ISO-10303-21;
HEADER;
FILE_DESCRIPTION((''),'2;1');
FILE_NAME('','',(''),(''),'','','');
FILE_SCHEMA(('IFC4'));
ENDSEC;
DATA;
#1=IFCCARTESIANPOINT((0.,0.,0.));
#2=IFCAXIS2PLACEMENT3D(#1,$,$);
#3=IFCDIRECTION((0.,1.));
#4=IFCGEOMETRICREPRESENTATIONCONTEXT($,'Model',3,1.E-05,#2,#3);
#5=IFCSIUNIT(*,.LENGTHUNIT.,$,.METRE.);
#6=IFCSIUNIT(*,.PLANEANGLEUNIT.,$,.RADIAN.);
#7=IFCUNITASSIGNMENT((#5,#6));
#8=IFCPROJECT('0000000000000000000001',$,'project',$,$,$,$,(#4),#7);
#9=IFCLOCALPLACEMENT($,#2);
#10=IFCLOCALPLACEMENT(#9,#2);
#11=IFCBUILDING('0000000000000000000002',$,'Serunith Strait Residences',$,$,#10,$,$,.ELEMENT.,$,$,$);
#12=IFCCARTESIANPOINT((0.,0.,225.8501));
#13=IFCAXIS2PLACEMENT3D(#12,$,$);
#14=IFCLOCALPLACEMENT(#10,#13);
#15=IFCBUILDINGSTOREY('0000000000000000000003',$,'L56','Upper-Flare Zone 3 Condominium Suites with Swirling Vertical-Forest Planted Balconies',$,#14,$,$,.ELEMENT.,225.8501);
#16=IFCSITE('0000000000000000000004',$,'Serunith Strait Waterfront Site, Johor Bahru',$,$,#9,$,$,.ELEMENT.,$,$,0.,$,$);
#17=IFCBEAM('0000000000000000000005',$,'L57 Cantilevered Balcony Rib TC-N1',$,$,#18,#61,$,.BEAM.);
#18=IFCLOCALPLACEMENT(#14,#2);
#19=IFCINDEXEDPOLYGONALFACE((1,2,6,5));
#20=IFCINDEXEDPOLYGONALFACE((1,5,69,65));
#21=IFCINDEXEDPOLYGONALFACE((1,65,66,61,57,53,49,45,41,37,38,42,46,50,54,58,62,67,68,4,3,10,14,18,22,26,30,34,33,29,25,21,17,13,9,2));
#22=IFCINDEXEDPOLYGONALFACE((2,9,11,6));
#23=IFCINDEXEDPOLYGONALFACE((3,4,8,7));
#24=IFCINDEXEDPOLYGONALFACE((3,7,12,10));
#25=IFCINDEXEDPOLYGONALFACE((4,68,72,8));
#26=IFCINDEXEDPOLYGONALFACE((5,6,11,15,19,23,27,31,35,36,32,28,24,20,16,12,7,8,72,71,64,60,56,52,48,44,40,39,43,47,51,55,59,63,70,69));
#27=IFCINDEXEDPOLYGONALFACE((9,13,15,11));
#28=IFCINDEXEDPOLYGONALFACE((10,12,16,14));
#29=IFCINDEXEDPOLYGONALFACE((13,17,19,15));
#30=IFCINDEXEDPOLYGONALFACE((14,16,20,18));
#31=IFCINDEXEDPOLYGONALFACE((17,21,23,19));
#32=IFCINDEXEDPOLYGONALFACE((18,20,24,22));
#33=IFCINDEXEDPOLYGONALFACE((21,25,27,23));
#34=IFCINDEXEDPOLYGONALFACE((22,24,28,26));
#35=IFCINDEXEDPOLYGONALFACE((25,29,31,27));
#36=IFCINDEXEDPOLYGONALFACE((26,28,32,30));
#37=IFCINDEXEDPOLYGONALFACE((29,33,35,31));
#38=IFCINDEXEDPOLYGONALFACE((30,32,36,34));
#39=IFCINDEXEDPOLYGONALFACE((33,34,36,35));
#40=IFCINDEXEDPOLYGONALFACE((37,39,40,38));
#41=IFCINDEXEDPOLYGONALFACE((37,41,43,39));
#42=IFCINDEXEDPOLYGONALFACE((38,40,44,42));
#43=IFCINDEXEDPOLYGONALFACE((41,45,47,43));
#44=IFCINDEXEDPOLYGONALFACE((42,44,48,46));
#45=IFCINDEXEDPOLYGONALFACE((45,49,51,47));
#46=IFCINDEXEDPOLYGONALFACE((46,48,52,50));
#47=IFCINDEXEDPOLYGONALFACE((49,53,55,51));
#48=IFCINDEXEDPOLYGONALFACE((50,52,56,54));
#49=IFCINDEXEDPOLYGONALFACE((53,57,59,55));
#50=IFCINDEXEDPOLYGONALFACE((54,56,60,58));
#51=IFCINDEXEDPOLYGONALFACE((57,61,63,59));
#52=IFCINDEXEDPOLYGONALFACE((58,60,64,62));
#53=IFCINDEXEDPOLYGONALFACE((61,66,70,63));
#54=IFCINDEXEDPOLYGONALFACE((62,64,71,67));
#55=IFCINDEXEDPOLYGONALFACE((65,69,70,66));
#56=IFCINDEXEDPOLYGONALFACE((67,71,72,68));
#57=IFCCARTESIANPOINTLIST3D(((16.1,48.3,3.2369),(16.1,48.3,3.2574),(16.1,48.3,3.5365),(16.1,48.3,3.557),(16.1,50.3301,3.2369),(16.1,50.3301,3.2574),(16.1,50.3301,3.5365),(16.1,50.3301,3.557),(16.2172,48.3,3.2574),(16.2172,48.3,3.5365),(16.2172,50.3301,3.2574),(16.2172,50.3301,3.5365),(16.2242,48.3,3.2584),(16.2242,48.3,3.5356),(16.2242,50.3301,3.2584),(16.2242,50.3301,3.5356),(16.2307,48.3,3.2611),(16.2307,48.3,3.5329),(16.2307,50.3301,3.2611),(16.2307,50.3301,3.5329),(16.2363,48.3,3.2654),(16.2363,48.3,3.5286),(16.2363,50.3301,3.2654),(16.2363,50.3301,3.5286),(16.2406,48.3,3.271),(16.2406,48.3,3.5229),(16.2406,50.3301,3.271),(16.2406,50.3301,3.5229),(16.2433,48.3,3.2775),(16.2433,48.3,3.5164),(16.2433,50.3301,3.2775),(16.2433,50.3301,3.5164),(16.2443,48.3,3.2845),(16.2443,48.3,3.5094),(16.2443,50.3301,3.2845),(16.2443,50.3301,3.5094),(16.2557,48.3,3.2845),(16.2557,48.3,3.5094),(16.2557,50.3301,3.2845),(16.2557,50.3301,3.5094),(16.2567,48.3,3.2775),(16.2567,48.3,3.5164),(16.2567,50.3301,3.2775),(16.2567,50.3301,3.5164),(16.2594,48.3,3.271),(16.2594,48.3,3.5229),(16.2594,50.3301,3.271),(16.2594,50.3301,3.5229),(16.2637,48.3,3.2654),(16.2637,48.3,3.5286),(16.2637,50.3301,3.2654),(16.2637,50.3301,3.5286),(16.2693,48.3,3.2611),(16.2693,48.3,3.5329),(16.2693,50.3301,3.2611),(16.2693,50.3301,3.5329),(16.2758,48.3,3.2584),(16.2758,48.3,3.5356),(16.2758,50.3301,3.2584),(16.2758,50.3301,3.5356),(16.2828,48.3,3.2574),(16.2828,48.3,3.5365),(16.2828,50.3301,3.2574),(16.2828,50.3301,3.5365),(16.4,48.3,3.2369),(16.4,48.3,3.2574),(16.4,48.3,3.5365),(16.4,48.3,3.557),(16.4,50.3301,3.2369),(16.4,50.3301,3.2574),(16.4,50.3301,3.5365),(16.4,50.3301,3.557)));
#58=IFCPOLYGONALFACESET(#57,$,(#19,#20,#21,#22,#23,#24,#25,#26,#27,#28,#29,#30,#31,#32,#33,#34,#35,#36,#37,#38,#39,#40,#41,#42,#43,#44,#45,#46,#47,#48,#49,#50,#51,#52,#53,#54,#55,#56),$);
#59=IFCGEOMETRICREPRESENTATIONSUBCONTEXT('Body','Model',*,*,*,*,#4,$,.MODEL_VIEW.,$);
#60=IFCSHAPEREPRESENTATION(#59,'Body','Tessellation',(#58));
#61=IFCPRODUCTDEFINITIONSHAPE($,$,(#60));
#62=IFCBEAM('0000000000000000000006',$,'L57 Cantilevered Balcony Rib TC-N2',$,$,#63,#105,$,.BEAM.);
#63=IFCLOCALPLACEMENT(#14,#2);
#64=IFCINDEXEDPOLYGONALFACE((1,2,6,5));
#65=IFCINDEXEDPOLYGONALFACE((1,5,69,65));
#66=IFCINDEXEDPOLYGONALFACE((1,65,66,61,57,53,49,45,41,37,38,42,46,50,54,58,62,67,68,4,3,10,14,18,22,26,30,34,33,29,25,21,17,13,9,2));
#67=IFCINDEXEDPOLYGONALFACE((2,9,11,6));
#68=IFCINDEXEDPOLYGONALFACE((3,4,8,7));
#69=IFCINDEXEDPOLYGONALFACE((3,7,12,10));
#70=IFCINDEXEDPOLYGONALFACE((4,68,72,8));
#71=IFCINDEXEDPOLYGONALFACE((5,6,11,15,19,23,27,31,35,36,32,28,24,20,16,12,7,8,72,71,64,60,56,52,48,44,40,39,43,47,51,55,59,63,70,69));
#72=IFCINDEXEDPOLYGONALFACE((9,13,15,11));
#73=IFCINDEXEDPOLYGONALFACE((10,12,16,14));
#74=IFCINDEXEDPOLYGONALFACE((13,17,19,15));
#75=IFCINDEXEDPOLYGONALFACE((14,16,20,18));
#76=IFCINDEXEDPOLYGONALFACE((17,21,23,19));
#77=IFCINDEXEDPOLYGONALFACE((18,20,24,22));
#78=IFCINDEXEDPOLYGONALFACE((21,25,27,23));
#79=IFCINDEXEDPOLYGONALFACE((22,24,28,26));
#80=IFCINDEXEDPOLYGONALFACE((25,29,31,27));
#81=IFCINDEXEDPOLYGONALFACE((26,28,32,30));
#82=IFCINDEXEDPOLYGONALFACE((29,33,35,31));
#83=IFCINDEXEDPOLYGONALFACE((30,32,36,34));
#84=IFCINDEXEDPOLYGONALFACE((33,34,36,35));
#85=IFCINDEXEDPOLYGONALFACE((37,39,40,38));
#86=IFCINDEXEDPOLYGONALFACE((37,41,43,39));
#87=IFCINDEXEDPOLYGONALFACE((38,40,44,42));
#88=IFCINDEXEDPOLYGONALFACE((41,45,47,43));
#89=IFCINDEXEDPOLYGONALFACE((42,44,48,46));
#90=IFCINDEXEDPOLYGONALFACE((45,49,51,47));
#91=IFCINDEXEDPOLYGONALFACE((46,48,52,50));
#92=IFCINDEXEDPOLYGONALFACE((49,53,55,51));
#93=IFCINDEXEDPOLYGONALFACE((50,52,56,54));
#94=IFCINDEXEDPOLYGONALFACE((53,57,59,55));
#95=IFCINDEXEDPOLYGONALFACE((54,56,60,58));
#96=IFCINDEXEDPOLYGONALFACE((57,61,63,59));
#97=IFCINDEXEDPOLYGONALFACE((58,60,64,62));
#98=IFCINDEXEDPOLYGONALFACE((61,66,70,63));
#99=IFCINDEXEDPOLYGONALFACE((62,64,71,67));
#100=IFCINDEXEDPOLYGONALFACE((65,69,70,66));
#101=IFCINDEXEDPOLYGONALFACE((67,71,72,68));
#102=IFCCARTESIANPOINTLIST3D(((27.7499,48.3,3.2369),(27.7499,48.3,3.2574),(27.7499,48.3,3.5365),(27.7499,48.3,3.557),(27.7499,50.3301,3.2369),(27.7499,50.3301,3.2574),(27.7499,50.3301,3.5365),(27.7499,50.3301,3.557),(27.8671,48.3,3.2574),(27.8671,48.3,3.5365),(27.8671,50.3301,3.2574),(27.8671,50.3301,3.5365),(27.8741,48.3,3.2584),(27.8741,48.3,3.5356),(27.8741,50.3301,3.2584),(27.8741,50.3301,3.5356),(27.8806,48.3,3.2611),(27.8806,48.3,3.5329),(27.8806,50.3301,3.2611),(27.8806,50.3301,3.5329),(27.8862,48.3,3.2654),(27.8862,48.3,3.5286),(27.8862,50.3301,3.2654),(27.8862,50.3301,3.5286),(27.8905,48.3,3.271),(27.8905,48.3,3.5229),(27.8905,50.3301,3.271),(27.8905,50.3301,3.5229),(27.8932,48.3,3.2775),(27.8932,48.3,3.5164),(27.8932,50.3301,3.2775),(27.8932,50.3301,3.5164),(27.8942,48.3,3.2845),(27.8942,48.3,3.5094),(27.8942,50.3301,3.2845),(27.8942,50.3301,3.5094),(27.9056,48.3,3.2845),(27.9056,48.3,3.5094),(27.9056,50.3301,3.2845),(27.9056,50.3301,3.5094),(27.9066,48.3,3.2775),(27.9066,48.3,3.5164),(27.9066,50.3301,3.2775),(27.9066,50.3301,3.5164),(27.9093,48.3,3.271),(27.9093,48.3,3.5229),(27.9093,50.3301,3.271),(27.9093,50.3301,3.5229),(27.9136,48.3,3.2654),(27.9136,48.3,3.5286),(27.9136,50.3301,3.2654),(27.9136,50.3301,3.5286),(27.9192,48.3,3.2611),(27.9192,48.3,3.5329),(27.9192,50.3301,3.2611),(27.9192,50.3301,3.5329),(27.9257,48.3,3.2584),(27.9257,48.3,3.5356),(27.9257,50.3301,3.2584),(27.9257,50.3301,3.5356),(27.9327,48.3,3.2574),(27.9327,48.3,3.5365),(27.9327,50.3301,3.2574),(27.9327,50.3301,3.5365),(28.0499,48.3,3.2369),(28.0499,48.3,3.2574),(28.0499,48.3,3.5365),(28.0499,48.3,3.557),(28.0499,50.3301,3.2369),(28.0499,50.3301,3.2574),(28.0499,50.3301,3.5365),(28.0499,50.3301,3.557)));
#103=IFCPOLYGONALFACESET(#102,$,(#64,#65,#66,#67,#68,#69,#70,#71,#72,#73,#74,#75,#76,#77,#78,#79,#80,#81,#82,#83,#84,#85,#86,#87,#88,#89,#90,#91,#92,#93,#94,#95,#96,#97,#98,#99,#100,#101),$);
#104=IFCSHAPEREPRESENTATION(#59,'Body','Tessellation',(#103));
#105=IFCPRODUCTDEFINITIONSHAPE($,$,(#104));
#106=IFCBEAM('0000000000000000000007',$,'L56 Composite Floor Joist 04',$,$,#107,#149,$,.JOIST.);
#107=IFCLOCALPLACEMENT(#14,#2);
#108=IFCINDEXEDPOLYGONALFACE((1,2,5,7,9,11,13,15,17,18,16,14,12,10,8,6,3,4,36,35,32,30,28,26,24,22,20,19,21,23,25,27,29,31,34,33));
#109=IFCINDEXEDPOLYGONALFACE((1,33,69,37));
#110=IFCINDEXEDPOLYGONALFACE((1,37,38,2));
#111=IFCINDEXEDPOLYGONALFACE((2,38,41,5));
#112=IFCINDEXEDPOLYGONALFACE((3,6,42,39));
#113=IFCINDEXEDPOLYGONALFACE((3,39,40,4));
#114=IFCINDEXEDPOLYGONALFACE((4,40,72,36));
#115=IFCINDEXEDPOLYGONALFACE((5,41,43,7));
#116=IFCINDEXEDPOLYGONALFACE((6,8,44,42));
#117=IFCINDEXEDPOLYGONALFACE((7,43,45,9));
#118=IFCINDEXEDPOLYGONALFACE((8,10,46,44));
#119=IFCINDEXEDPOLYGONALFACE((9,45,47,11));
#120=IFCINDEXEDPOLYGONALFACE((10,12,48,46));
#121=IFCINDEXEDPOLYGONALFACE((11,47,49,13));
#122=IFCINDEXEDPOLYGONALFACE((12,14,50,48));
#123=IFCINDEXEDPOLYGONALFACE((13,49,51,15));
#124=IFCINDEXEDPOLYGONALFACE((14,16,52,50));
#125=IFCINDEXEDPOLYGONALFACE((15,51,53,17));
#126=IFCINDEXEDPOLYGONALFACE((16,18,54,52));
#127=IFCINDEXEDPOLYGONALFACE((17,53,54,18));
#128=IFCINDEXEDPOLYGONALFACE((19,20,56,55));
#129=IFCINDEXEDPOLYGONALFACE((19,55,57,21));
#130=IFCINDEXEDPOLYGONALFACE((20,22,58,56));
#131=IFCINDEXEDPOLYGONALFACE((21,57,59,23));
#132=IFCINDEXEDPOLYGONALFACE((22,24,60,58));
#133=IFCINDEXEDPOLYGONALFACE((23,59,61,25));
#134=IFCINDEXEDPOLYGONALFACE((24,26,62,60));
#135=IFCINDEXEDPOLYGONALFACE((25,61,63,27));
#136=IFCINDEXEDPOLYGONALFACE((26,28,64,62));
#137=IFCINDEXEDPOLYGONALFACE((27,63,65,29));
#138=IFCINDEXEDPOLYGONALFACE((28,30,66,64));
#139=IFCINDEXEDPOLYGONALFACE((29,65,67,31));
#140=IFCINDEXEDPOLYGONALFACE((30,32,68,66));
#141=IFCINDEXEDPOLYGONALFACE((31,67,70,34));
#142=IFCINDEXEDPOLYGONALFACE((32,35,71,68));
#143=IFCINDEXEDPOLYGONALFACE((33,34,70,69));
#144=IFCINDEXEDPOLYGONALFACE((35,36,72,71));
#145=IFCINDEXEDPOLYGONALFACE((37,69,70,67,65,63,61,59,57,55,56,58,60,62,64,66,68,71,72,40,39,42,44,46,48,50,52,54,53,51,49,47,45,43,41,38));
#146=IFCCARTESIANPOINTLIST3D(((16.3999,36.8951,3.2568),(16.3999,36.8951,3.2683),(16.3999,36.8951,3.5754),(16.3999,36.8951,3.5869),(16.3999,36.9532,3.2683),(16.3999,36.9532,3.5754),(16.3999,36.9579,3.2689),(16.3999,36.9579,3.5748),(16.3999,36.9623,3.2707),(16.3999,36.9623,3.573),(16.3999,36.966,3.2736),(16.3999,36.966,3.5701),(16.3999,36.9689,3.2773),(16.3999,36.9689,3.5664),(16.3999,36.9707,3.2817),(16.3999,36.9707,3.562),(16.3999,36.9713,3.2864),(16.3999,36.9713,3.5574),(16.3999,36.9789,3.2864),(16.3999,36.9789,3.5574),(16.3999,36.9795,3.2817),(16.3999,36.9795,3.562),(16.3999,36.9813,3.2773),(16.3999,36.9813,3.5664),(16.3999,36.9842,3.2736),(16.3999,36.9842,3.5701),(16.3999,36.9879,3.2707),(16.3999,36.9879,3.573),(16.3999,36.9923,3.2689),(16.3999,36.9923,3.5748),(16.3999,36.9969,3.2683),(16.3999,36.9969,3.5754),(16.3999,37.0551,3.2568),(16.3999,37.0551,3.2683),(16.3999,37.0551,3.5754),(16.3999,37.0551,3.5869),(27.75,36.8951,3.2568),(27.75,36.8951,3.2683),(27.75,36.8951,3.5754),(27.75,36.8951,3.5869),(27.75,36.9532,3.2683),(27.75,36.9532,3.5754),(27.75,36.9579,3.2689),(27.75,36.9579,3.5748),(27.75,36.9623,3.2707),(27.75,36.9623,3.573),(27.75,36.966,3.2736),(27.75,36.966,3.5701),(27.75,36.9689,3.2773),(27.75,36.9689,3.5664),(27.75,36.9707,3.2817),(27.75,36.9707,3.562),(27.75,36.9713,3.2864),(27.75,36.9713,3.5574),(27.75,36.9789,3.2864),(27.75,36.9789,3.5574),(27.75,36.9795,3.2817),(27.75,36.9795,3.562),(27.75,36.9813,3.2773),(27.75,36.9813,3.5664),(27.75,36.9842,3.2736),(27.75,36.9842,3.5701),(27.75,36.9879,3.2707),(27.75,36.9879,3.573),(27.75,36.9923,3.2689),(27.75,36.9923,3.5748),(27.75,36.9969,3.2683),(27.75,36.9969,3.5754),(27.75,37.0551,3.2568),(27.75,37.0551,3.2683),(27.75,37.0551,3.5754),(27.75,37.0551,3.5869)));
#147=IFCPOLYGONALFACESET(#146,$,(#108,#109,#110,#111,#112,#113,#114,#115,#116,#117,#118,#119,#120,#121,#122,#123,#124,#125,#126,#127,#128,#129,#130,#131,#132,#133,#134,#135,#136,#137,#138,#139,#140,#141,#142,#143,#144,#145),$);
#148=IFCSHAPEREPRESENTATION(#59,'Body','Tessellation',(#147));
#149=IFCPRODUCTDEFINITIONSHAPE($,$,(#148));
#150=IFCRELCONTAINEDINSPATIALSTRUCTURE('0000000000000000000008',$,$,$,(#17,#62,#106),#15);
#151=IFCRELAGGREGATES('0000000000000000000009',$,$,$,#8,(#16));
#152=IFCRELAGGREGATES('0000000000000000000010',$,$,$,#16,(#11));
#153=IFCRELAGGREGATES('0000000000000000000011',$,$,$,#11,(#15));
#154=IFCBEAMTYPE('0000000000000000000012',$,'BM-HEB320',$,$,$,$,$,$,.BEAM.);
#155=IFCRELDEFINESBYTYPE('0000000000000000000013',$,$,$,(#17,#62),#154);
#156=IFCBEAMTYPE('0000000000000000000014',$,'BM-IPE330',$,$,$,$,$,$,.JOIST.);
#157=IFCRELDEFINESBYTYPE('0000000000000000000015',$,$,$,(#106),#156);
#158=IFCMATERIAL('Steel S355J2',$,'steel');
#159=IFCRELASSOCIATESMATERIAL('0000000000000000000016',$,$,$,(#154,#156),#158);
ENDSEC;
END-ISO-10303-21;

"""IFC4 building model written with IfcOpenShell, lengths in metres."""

from ifc_helpers import new_model, si_unit, direction, frame, origin, origin_2d, place, context, subcontext, project, spatial, i_section, extrude, source, transform, mapped, material, material_profile, profile_set, type_object, element, save


model = new_model("IFC4")

# Units and contexts
model_context = context("Model", 3, precision=1e-05, world=origin(), true_north=direction((0.0, 1.0)))
body_context = subcontext(model_context, "Body", "Model", "MODEL_VIEW")
ifc_project = project(units=[si_unit("LENGTHUNIT", "METRE"), si_unit("PLANEANGLEUNIT", "RADIAN")], contexts=[model_context])

# Site, building, storey
site_placement = place(None, origin())
site = spatial("IfcSite", under=ifc_project, at=site_placement, Name="Serunith Strait Waterfront Site, Johor Bahru", CompositionType="ELEMENT", RefElevation=0.0)
building_placement = place(site_placement, origin())
building = spatial("IfcBuilding", under=site, at=building_placement, Name="Serunith Strait Residences", CompositionType="ELEMENT")
storey_placement = place(building_placement, frame((0.0, 0.0, 225.8501)))
storey = spatial("IfcBuildingStorey", under=building, at=storey_placement, Name="L56", Description="Upper-Flare Zone 3 Condominium Suites with Swirling Vertical-Forest Planted Balconies", CompositionType="ELEMENT", Elevation=225.8501)

# Beams
ifc_material_1 = material(Name="Steel S355J2", Category="steel")
ifc_material_profile_1 = material_profile(ifc_material_1, i_section(OverallWidth=0.3, OverallDepth=0.3201, WebThickness=0.0115, FlangeThickness=0.0205, FilletRadius=0.0271, at=origin_2d()), Name="HEB 320")
ifc_profile_set_1 = profile_set([ifc_material_profile_1], Name="Steel S355J2")
beam_type_1 = type_object("IfcBeamType", Name="BM-HEB320", PredefinedType="BEAM", material=ifc_profile_set_1)
shared_shape_1 = source(origin(), body_context, "Body", "SweptSolid", [
    extrude(i_section(OverallWidth=0.3, OverallDepth=0.3201, WebThickness=0.0115, FlangeThickness=0.0205, FilletRadius=0.0271, at=origin_2d()), origin(), (0.0, 0.0, 1.0), 2.03),
])
for number, where, z_axis, x_axis, name in (
    (1, (16.25, 48.3, 3.397), (0.0, 1.0, 0.0), (-1.0, 0.0, 0.0), "L57 Cantilevered Balcony Rib TC-N1"),
    (2, (27.8999, 48.3, 3.397), (0.0, 1.0, 0.0), (-1.0, 0.0, 0.0), "L57 Cantilevered Balcony Rib TC-N2"),
):
    element("IfcBeam", number, at=place(storey_placement, frame(where, z_axis=z_axis, x_axis=x_axis)), inside=storey, type_object=beam_type_1, Name=name, PredefinedType="BEAM", context=body_context, shape_type="MappedRepresentation", body=[
        mapped(shared_shape_1, transform((0.0, 0.0, 0.0), scale=1.0)),
    ])
ifc_material_profile_2 = material_profile(ifc_material_1, i_section(OverallWidth=0.1599, OverallDepth=0.3301, WebThickness=0.0076, FlangeThickness=0.0115, FilletRadius=0.0181, at=origin_2d()), Name="IPE 330")
ifc_profile_set_2 = profile_set([ifc_material_profile_2], Name="Steel S355J2")
beam_type_2 = type_object("IfcBeamType", Name="BM-IPE330", PredefinedType="JOIST", material=ifc_profile_set_2)
shared_shape_2 = source(origin(), body_context, "Body", "SweptSolid", [
    extrude(i_section(OverallWidth=0.1599, OverallDepth=0.3301, WebThickness=0.0076, FlangeThickness=0.0115, FilletRadius=0.0181, at=origin_2d()), origin(), (0.0, 0.0, 1.0), 11.3501),
])
beam_1_placement = place(storey_placement, frame((16.3999, 36.9751, 3.4219), z_axis=(1.0, 0.0, 0.0), x_axis=(0.0, 1.0, 0.0)))
element("IfcBeam", 3, at=beam_1_placement, inside=storey, type_object=beam_type_2, Name="L56 Composite Floor Joist 04", PredefinedType="JOIST", context=body_context, shape_type="MappedRepresentation", body=[
    mapped(shared_shape_2, transform((0.0, 0.0, 0.0), scale=1.0)),
])

save(model, "model.ifc")
